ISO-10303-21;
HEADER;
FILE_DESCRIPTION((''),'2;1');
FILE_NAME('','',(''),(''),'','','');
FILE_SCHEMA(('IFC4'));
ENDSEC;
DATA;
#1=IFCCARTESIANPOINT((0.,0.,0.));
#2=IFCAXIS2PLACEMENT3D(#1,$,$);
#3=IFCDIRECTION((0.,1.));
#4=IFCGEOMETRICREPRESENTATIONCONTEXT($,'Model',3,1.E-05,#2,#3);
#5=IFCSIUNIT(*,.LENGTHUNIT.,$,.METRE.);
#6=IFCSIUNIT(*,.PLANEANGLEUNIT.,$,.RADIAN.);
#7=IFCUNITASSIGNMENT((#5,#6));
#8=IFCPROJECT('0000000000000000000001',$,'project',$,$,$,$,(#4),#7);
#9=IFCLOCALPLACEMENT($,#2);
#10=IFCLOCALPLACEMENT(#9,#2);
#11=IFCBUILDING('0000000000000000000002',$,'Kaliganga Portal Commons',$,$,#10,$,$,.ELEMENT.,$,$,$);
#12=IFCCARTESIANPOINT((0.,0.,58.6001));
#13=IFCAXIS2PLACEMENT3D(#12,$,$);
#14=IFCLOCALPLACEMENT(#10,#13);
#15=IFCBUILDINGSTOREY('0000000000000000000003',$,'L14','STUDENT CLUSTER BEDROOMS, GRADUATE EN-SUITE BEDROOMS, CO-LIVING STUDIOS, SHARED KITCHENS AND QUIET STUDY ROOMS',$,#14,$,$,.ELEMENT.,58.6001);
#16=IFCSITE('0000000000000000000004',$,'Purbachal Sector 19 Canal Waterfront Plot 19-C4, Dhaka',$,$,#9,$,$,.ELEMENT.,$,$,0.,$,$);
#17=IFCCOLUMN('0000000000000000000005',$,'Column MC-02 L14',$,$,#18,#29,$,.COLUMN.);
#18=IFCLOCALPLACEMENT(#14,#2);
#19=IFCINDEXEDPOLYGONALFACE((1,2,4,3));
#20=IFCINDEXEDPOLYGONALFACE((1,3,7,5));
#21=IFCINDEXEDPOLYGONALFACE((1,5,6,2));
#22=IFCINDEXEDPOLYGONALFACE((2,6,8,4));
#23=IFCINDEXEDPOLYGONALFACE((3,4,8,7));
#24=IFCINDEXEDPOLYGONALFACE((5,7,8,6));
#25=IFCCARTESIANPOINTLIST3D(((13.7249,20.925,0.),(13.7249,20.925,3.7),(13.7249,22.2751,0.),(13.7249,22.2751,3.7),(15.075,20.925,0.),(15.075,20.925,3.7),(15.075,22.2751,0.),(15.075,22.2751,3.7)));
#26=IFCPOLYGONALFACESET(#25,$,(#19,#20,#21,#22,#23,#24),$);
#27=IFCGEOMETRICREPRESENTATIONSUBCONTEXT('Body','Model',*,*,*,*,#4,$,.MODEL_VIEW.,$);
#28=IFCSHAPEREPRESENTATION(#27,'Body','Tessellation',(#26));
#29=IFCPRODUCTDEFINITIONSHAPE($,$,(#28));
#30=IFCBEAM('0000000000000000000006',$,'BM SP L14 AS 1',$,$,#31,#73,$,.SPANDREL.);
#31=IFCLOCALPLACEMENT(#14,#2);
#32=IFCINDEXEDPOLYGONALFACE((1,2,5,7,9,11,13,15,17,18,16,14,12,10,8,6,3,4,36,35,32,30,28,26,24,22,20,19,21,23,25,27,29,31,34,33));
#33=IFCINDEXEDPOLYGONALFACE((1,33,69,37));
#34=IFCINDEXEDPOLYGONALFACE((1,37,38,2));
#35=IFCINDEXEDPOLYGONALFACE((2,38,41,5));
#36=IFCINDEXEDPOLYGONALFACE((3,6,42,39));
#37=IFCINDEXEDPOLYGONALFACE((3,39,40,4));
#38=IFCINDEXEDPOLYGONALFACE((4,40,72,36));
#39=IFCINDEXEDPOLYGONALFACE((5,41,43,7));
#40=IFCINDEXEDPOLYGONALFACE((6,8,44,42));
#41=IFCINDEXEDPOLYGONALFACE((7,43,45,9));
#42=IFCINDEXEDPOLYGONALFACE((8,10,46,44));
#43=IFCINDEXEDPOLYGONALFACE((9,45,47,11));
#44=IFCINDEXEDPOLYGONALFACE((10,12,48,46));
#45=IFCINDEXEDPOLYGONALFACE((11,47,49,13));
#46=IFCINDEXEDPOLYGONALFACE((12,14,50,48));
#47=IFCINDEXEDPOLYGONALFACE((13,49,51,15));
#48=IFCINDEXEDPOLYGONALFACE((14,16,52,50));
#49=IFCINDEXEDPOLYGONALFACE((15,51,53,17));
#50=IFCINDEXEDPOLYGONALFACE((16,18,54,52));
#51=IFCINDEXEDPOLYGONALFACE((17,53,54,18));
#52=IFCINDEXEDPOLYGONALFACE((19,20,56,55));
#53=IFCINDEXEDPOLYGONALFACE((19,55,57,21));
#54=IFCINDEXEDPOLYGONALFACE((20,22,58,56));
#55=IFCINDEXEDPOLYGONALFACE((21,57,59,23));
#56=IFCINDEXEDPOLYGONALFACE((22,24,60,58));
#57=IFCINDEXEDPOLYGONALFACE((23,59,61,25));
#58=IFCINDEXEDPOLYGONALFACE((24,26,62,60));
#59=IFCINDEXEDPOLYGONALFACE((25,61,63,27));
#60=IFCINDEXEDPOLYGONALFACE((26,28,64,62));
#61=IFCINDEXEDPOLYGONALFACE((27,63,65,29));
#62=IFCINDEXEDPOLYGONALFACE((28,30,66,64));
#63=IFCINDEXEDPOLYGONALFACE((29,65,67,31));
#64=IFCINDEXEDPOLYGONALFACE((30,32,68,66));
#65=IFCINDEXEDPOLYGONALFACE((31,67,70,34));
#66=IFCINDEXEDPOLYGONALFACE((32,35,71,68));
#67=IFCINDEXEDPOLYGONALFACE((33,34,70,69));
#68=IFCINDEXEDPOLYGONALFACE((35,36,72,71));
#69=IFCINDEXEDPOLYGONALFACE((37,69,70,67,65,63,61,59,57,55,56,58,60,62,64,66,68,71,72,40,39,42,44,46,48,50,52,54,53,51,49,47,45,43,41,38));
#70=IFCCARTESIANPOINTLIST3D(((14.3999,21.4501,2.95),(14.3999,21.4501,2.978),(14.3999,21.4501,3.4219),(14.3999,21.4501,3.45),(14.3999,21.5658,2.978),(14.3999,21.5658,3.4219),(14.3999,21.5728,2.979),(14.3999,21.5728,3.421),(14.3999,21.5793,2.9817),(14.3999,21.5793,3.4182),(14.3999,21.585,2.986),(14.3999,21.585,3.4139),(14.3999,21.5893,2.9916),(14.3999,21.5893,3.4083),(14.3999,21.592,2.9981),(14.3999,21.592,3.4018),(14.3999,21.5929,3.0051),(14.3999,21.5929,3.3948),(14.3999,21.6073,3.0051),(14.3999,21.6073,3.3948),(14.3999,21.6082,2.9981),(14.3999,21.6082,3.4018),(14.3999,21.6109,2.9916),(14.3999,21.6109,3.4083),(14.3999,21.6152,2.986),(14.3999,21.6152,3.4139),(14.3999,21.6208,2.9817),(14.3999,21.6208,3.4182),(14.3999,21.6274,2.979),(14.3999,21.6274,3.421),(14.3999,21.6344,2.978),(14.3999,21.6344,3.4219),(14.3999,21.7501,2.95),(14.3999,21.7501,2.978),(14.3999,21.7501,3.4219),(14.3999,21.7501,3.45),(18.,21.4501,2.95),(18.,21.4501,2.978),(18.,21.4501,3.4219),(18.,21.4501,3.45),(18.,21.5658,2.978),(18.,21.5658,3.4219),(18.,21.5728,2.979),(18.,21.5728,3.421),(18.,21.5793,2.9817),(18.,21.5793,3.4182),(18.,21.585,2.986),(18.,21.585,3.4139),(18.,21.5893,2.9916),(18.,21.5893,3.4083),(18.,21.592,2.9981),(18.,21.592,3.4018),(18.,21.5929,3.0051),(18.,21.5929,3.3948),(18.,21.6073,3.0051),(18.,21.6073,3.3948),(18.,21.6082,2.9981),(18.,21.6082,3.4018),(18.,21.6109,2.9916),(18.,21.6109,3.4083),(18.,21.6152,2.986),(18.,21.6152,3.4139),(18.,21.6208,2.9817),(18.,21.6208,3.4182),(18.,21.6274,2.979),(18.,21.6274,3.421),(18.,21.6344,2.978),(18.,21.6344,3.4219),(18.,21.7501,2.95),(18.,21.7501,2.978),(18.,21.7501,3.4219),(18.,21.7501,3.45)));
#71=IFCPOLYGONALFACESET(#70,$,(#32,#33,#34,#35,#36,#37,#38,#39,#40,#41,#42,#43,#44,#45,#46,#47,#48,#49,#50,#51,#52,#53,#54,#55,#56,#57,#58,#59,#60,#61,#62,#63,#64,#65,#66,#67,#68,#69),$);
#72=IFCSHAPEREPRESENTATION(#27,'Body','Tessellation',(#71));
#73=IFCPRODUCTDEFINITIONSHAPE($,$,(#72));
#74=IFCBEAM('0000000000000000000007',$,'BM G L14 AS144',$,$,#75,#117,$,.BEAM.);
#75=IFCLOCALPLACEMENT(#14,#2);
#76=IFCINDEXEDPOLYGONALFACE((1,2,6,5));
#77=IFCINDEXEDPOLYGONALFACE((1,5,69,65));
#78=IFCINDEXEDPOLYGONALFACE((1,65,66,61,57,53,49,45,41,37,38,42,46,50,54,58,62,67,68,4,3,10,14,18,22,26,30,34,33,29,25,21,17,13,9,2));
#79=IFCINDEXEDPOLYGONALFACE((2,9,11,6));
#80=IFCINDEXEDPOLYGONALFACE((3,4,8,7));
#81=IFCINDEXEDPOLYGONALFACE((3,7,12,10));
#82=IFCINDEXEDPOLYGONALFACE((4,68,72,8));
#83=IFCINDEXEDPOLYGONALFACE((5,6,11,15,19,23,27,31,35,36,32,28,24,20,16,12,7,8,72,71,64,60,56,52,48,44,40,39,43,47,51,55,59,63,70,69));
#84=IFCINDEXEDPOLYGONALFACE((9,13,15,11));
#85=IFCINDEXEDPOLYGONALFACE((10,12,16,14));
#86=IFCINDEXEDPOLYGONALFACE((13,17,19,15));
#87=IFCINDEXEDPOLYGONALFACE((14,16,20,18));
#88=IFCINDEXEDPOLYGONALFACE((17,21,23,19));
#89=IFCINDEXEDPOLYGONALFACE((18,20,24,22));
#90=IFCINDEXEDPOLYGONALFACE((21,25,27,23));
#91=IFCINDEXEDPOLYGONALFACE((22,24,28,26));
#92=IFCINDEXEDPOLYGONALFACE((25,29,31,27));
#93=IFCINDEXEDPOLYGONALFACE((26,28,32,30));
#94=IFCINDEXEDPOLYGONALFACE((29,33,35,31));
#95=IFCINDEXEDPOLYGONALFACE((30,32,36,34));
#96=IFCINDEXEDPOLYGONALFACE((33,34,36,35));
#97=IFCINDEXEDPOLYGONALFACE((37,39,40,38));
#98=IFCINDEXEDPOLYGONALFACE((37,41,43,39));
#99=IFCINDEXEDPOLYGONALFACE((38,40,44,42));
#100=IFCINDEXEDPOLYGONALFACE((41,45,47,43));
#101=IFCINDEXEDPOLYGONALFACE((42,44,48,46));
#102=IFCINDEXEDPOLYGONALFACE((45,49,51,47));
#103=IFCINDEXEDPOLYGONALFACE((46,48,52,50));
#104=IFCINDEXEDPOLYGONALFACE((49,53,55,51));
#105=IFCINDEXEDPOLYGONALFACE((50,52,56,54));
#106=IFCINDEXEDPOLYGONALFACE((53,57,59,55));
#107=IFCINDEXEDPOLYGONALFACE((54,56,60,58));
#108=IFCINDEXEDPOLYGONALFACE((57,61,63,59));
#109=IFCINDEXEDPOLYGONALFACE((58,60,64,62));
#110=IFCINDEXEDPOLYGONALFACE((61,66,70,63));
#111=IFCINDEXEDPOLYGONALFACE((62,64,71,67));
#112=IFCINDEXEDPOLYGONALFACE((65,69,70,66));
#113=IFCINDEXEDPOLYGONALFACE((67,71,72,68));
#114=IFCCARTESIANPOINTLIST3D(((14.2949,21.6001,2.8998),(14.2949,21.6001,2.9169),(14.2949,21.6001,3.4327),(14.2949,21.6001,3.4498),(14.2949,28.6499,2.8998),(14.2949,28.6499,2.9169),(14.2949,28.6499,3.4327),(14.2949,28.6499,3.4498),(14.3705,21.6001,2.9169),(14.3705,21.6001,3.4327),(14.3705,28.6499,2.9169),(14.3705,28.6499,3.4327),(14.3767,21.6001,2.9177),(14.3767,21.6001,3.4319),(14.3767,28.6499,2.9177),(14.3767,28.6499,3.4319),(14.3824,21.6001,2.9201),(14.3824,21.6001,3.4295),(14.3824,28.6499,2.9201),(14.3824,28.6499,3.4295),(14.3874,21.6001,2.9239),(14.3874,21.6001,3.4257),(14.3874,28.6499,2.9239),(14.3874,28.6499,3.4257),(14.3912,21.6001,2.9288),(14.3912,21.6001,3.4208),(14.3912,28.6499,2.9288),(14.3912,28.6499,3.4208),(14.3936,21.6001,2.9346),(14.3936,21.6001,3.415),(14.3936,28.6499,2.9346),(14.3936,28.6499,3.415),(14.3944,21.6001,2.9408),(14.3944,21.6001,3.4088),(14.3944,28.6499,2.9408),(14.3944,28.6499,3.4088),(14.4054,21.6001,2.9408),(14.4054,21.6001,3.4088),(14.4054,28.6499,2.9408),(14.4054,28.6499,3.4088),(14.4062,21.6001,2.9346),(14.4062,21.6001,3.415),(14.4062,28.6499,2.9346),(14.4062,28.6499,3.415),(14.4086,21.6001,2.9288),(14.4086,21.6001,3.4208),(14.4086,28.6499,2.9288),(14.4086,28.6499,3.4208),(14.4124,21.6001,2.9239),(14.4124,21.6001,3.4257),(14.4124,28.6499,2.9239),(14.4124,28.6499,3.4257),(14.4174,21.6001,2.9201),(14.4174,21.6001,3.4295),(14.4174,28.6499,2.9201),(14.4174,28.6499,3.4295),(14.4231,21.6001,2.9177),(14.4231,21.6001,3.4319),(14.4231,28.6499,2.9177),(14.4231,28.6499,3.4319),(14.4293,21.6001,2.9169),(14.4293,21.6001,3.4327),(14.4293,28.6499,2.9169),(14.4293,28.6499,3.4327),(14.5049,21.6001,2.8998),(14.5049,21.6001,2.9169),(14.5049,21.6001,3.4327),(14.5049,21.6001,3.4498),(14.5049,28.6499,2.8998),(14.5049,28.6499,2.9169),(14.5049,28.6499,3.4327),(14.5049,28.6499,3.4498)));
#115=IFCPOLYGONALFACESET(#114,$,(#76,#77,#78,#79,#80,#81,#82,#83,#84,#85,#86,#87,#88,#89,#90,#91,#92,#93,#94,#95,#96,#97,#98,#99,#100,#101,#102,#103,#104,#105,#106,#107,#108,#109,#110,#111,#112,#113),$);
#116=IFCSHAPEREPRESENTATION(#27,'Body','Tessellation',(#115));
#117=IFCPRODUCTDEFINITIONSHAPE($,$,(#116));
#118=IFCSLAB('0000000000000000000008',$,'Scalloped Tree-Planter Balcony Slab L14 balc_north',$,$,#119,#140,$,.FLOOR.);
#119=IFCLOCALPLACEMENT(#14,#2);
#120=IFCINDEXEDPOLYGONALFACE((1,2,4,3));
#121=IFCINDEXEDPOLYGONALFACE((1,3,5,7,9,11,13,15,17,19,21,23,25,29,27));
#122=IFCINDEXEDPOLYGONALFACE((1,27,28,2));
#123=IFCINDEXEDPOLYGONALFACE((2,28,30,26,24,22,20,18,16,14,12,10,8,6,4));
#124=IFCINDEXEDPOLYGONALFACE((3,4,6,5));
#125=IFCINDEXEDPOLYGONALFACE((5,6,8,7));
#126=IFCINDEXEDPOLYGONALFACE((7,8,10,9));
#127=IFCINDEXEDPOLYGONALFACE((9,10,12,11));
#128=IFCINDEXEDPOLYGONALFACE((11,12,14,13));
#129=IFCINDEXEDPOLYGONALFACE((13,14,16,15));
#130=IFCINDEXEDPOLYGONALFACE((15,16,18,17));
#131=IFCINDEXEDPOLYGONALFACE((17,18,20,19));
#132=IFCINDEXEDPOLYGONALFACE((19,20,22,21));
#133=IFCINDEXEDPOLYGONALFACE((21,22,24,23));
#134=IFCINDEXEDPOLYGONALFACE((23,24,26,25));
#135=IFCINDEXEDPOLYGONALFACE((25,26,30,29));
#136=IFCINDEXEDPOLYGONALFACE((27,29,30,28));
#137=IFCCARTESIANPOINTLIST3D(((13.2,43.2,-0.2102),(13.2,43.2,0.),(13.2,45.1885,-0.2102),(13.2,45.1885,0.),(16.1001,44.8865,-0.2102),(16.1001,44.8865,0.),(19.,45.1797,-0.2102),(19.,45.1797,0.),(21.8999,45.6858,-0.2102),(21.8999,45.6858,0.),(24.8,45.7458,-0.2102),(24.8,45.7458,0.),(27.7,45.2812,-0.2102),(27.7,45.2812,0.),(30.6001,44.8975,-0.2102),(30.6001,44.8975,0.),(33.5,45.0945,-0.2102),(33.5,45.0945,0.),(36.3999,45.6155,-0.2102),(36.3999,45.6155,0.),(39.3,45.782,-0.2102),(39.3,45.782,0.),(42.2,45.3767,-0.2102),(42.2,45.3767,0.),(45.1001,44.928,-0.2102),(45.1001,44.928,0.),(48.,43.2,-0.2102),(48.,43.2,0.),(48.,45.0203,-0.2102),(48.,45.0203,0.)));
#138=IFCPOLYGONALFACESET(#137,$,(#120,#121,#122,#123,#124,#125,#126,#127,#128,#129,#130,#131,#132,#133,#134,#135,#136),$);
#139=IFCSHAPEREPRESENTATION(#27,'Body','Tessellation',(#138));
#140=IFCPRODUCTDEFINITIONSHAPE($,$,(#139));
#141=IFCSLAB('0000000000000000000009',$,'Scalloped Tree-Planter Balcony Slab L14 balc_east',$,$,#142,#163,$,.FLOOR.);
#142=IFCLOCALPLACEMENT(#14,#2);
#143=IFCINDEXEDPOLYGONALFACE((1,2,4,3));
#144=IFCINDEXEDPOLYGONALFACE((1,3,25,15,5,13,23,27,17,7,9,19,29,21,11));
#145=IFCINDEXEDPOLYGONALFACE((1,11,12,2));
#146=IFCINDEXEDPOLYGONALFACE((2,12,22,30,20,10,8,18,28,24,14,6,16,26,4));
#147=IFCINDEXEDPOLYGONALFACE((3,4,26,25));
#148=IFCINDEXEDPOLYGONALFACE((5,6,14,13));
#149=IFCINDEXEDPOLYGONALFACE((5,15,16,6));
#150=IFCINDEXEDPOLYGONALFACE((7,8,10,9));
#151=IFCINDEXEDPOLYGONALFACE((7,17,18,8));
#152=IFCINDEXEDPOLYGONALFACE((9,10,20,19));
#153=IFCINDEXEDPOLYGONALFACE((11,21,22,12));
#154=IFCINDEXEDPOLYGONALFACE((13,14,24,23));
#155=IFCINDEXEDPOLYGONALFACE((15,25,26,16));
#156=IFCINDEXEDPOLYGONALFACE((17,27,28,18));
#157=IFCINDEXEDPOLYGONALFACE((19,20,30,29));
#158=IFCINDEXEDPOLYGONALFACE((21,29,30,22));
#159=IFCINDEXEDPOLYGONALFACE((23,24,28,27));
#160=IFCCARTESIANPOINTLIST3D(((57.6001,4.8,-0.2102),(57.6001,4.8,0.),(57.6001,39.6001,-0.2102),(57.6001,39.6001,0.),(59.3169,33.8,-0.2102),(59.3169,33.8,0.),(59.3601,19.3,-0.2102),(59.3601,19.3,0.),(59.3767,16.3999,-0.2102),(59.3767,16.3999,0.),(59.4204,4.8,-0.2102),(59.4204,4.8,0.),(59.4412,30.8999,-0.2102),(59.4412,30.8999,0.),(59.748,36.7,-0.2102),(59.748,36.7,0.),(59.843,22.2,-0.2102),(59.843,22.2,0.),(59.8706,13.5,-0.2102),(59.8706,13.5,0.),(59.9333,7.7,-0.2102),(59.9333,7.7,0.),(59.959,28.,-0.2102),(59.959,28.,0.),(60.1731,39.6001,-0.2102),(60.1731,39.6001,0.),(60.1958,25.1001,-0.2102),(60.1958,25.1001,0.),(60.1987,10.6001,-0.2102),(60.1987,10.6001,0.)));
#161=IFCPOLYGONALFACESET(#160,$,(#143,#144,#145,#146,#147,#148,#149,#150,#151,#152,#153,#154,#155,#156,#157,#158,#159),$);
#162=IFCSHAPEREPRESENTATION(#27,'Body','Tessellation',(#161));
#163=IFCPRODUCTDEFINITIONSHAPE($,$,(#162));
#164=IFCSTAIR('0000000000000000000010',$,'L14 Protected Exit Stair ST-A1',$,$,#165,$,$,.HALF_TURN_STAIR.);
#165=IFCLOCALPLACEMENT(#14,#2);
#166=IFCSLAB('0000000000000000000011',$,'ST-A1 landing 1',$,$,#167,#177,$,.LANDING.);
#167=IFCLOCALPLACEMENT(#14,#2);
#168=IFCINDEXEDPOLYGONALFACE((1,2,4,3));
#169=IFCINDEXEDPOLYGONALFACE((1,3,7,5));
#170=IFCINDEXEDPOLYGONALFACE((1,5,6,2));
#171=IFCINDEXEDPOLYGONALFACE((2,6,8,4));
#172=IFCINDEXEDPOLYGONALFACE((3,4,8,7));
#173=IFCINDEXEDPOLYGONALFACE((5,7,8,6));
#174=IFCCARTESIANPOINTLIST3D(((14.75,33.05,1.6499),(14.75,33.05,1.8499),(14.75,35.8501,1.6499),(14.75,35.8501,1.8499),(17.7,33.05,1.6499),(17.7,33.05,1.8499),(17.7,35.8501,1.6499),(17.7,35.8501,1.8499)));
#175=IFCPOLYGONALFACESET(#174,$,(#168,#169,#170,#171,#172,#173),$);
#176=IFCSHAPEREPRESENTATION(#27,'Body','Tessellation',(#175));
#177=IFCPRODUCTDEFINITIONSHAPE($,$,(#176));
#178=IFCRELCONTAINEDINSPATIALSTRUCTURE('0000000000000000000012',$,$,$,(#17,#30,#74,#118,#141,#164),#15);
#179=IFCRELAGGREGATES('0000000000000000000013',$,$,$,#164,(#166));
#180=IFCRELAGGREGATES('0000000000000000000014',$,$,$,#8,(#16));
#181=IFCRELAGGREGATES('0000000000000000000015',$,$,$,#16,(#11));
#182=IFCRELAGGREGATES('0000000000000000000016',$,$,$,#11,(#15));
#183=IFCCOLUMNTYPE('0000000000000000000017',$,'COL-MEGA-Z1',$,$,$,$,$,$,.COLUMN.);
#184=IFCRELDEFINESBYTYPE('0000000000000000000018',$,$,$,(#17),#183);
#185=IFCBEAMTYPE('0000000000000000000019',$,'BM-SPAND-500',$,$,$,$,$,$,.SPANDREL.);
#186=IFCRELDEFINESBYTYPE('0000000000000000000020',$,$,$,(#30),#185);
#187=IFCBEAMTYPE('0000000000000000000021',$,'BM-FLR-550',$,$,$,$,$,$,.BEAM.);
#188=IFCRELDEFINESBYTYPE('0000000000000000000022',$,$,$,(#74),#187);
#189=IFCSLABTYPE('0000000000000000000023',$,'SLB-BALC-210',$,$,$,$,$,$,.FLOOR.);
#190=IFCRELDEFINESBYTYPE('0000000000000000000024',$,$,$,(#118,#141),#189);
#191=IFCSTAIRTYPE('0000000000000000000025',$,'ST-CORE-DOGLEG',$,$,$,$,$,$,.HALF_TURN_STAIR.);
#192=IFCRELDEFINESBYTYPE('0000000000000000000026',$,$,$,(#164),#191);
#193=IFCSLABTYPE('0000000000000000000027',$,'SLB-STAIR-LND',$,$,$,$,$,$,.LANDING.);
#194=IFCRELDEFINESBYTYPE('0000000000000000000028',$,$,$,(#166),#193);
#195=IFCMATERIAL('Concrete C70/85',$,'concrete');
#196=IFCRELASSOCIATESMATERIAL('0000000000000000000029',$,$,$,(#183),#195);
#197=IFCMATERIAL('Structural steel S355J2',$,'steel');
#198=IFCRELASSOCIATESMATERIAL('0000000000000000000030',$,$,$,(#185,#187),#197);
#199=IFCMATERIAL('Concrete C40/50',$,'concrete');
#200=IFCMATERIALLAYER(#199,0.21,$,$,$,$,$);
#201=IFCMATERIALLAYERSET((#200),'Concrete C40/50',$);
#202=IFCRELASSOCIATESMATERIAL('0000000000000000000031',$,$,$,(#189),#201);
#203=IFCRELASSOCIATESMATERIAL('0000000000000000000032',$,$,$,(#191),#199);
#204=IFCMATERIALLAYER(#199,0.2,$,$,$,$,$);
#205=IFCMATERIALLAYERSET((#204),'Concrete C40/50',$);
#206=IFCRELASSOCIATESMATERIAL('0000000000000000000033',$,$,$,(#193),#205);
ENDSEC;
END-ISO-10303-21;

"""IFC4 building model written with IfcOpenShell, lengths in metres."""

from ifc_helpers import new_model, si_unit, direction, frame, origin, origin_2d, place, context, subcontext, project, spatial, polyline, rectangle, i_section, outline, extrude, source, transform, mapped, material, layer, layer_set, material_profile, profile_set, type_object, element, aggregate, save


model = new_model("IFC4")

# Units and contexts
model_context = context("Model", 3, precision=1e-05, world=origin(), true_north=direction((0.0, 1.0)))
body_context = subcontext(model_context, "Body", "Model", "MODEL_VIEW")
ifc_project = project(units=[si_unit("LENGTHUNIT", "METRE"), si_unit("PLANEANGLEUNIT", "RADIAN")], contexts=[model_context])

# Site, building, storey
site_placement = place(None, origin())
site = spatial("IfcSite", under=ifc_project, at=site_placement, Name="Purbachal Sector 19 Canal Waterfront Plot 19-C4, Dhaka", CompositionType="ELEMENT", RefElevation=0.0)
building_placement = place(site_placement, origin())
building = spatial("IfcBuilding", under=site, at=building_placement, Name="Kaliganga Portal Commons", CompositionType="ELEMENT")
storey_placement = place(building_placement, frame((0.0, 0.0, 58.6001)))
storey = spatial("IfcBuildingStorey", under=building, at=storey_placement, Name="L14", Description="STUDENT CLUSTER BEDROOMS, GRADUATE EN-SUITE BEDROOMS, CO-LIVING STUDIOS, SHARED KITCHENS AND QUIET STUDY ROOMS", CompositionType="ELEMENT", Elevation=58.6001)

# Column
ifc_material_1 = material(Name="Concrete C70/85", Category="concrete")
ifc_material_profile_1 = material_profile(ifc_material_1, rectangle(XDim=1.3501, YDim=1.3501, at=origin_2d()), Name="RC 1350x1350")
ifc_profile_set_1 = profile_set([ifc_material_profile_1], Name="Concrete C70/85")
column_type = type_object("IfcColumnType", Name="COL-MEGA-Z1", PredefinedType="COLUMN", material=ifc_profile_set_1)
shared_shape_1 = source(origin(), body_context, "Body", "SweptSolid", [
    extrude(rectangle(XDim=1.3501, YDim=1.3501, at=origin_2d()), origin(), (0.0, 0.0, 1.0), 3.7),
])
column_placement = place(storey_placement, frame((14.3999, 21.6001, 0.0), z_axis=(0.0, 0.0, 1.0), x_axis=(1.0, 0.0, 0.0)))
element("IfcColumn", 1, at=column_placement, inside=storey, type_object=column_type, Name="Column MC-02 L14", PredefinedType="COLUMN", context=body_context, shape_type="MappedRepresentation", body=[
    mapped(shared_shape_1, transform((0.0, 0.0, 0.0), x_axis=(1.0, 0.0, 0.0), y_axis=(0.0, 1.0, 0.0), z_axis=(0.0, 0.0, 1.0), scale=1.0)),
])

# Beams
ifc_material_2 = material(Name="Structural steel S355J2", Category="steel")
ifc_material_profile_2 = material_profile(ifc_material_2, i_section(OverallWidth=0.3, OverallDepth=0.5, WebThickness=0.0144, FlangeThickness=0.0281, FilletRadius=0.0271, at=origin_2d()), Name="HE 500 B")
ifc_profile_set_2 = profile_set([ifc_material_profile_2], Name="Structural steel S355J2 wide-flange")
beam_type_1 = type_object("IfcBeamType", Name="BM-SPAND-500", PredefinedType="SPANDREL", material=ifc_profile_set_2)
shared_shape_2 = source(origin(), body_context, "Body", "SweptSolid", [
    extrude(i_section(OverallWidth=0.3, OverallDepth=0.5, WebThickness=0.0144, FlangeThickness=0.0281, FilletRadius=0.0271, at=origin_2d()), origin(), (0.0, 0.0, 1.0), 3.6001),
])
beam_1_placement = place(storey_placement, frame((14.3999, 21.6001, 3.2), z_axis=(1.0, 0.0, 0.0), x_axis=(0.0, 1.0, 0.0)))
element("IfcBeam", 2, at=beam_1_placement, inside=storey, type_object=beam_type_1, Name="BM SP L14 AS 1", PredefinedType="SPANDREL", context=body_context, shape_type="MappedRepresentation", body=[
    mapped(shared_shape_2, transform((0.0, 0.0, 0.0), x_axis=(1.0, 0.0, 0.0), y_axis=(0.0, 1.0, 0.0), z_axis=(0.0, 0.0, 1.0), scale=1.0)),
])
ifc_material_profile_3 = material_profile(ifc_material_2, i_section(OverallWidth=0.21, OverallDepth=0.55, WebThickness=0.011, FlangeThickness=0.0171, FilletRadius=0.0239, at=origin_2d()), Name="IPE 550")
ifc_profile_set_3 = profile_set([ifc_material_profile_3], Name="Structural steel S355J2 wide-flange")
beam_type_2 = type_object("IfcBeamType", Name="BM-FLR-550", PredefinedType="BEAM", material=ifc_profile_set_3)
shared_shape_3 = source(origin(), body_context, "Body", "SweptSolid", [
    extrude(i_section(OverallWidth=0.21, OverallDepth=0.55, WebThickness=0.011, FlangeThickness=0.0171, FilletRadius=0.0239, at=origin_2d()), origin(), (0.0, 0.0, 1.0), 7.0498),
])
beam_2_placement = place(storey_placement, frame((14.3999, 21.6001, 3.1748), z_axis=(0.0, 1.0, 0.0), x_axis=(-1.0, 0.0, 0.0)))
element("IfcBeam", 3, at=beam_2_placement, inside=storey, type_object=beam_type_2, Name="BM G L14 AS144", PredefinedType="BEAM", context=body_context, shape_type="MappedRepresentation", body=[
    mapped(shared_shape_3, transform((0.0, 0.0, 0.0), x_axis=(1.0, 0.0, 0.0), y_axis=(0.0, 1.0, 0.0), z_axis=(0.0, 0.0, 1.0), scale=1.0)),
])

# Slabs
ifc_material_3 = material(Name="Concrete C40/50", Category="concrete")
ifc_layer_1 = layer(ifc_material_3, 0.21)
ifc_layer_set_1 = layer_set([ifc_layer_1], Name="Concrete C40/50")
slab_type_1 = type_object("IfcSlabType", Name="SLB-BALC-210", PredefinedType="FLOOR", material=ifc_layer_set_1)
slab_1_placement = place(storey_placement, frame((0.0, 0.0, -0.2102)))
element("IfcSlab", 4, at=slab_1_placement, inside=storey, type_object=slab_type_1, Name="Scalloped Tree-Planter Balcony Slab L14 balc_north", PredefinedType="FLOOR", context=body_context, shape_type="SweptSolid", body=[
    extrude(outline(polyline([(48.0, 43.2), (48.0, 45.0203), (45.1001, 44.928), (42.2, 45.3767), (39.3, 45.782), (36.3999, 45.6155), (33.5, 45.0945), (30.6001, 44.8975), (27.7, 45.2812), (24.8, 45.7458), (21.8999, 45.6858), (19.0, 45.1797), (16.1001, 44.8865), (13.2, 45.1885), (13.2, 43.2), (48.0, 43.2)])), origin(), (0.0, 0.0, 1.0), 0.2102),
])
slab_2_placement = place(storey_placement, frame((0.0, 0.0, -0.2102)))
element("IfcSlab", 5, at=slab_2_placement, inside=storey, type_object=slab_type_1, Name="Scalloped Tree-Planter Balcony Slab L14 balc_east", PredefinedType="FLOOR", context=body_context, shape_type="SweptSolid", body=[
    extrude(outline(polyline([(57.6001, 4.8), (59.4204, 4.8), (59.9333, 7.7), (60.1987, 10.6001), (59.8706, 13.5), (59.3767, 16.3999), (59.3601, 19.3), (59.843, 22.2), (60.1958, 25.1001), (59.959, 28.0), (59.4412, 30.8999), (59.3169, 33.8), (59.748, 36.7), (60.1731, 39.6001), (57.6001, 39.6001), (57.6001, 4.8)])), origin(), (0.0, 0.0, 1.0), 0.2102),
])

# Stair, slab
stair_type = type_object("IfcStairType", Name="ST-CORE-DOGLEG", PredefinedType="HALF_TURN_STAIR", material=ifc_material_3)
stair_1_placement = place(storey_placement, origin())
stair_1 = element("IfcStair", 6, at=stair_1_placement, inside=storey, type_object=stair_type, Name="L14 Protected Exit Stair ST-A1", PredefinedType="HALF_TURN_STAIR")
ifc_layer_2 = layer(ifc_material_3, 0.2)
ifc_layer_set_2 = layer_set([ifc_layer_2], Name="Concrete C40/50")
slab_type_2 = type_object("IfcSlabType", Name="SLB-STAIR-LND", PredefinedType="LANDING", material=ifc_layer_set_2)
slab_3_placement = place(storey_placement, frame((0.0, 0.0, 1.6499)))
slab_3 = element("IfcSlab", 7, at=slab_3_placement, type_object=slab_type_2, Name="ST-A1 landing 1", PredefinedType="LANDING", context=body_context, shape_type="SweptSolid", body=[
    extrude(outline(polyline([(17.7, 33.05), (17.7, 35.8501), (14.75, 35.8501), (14.75, 33.05), (17.7, 33.05)])), origin(), (0.0, 0.0, 1.0), 0.2),
])
aggregate(stair_1, [slab_3])

save(model, "model.ifc")
